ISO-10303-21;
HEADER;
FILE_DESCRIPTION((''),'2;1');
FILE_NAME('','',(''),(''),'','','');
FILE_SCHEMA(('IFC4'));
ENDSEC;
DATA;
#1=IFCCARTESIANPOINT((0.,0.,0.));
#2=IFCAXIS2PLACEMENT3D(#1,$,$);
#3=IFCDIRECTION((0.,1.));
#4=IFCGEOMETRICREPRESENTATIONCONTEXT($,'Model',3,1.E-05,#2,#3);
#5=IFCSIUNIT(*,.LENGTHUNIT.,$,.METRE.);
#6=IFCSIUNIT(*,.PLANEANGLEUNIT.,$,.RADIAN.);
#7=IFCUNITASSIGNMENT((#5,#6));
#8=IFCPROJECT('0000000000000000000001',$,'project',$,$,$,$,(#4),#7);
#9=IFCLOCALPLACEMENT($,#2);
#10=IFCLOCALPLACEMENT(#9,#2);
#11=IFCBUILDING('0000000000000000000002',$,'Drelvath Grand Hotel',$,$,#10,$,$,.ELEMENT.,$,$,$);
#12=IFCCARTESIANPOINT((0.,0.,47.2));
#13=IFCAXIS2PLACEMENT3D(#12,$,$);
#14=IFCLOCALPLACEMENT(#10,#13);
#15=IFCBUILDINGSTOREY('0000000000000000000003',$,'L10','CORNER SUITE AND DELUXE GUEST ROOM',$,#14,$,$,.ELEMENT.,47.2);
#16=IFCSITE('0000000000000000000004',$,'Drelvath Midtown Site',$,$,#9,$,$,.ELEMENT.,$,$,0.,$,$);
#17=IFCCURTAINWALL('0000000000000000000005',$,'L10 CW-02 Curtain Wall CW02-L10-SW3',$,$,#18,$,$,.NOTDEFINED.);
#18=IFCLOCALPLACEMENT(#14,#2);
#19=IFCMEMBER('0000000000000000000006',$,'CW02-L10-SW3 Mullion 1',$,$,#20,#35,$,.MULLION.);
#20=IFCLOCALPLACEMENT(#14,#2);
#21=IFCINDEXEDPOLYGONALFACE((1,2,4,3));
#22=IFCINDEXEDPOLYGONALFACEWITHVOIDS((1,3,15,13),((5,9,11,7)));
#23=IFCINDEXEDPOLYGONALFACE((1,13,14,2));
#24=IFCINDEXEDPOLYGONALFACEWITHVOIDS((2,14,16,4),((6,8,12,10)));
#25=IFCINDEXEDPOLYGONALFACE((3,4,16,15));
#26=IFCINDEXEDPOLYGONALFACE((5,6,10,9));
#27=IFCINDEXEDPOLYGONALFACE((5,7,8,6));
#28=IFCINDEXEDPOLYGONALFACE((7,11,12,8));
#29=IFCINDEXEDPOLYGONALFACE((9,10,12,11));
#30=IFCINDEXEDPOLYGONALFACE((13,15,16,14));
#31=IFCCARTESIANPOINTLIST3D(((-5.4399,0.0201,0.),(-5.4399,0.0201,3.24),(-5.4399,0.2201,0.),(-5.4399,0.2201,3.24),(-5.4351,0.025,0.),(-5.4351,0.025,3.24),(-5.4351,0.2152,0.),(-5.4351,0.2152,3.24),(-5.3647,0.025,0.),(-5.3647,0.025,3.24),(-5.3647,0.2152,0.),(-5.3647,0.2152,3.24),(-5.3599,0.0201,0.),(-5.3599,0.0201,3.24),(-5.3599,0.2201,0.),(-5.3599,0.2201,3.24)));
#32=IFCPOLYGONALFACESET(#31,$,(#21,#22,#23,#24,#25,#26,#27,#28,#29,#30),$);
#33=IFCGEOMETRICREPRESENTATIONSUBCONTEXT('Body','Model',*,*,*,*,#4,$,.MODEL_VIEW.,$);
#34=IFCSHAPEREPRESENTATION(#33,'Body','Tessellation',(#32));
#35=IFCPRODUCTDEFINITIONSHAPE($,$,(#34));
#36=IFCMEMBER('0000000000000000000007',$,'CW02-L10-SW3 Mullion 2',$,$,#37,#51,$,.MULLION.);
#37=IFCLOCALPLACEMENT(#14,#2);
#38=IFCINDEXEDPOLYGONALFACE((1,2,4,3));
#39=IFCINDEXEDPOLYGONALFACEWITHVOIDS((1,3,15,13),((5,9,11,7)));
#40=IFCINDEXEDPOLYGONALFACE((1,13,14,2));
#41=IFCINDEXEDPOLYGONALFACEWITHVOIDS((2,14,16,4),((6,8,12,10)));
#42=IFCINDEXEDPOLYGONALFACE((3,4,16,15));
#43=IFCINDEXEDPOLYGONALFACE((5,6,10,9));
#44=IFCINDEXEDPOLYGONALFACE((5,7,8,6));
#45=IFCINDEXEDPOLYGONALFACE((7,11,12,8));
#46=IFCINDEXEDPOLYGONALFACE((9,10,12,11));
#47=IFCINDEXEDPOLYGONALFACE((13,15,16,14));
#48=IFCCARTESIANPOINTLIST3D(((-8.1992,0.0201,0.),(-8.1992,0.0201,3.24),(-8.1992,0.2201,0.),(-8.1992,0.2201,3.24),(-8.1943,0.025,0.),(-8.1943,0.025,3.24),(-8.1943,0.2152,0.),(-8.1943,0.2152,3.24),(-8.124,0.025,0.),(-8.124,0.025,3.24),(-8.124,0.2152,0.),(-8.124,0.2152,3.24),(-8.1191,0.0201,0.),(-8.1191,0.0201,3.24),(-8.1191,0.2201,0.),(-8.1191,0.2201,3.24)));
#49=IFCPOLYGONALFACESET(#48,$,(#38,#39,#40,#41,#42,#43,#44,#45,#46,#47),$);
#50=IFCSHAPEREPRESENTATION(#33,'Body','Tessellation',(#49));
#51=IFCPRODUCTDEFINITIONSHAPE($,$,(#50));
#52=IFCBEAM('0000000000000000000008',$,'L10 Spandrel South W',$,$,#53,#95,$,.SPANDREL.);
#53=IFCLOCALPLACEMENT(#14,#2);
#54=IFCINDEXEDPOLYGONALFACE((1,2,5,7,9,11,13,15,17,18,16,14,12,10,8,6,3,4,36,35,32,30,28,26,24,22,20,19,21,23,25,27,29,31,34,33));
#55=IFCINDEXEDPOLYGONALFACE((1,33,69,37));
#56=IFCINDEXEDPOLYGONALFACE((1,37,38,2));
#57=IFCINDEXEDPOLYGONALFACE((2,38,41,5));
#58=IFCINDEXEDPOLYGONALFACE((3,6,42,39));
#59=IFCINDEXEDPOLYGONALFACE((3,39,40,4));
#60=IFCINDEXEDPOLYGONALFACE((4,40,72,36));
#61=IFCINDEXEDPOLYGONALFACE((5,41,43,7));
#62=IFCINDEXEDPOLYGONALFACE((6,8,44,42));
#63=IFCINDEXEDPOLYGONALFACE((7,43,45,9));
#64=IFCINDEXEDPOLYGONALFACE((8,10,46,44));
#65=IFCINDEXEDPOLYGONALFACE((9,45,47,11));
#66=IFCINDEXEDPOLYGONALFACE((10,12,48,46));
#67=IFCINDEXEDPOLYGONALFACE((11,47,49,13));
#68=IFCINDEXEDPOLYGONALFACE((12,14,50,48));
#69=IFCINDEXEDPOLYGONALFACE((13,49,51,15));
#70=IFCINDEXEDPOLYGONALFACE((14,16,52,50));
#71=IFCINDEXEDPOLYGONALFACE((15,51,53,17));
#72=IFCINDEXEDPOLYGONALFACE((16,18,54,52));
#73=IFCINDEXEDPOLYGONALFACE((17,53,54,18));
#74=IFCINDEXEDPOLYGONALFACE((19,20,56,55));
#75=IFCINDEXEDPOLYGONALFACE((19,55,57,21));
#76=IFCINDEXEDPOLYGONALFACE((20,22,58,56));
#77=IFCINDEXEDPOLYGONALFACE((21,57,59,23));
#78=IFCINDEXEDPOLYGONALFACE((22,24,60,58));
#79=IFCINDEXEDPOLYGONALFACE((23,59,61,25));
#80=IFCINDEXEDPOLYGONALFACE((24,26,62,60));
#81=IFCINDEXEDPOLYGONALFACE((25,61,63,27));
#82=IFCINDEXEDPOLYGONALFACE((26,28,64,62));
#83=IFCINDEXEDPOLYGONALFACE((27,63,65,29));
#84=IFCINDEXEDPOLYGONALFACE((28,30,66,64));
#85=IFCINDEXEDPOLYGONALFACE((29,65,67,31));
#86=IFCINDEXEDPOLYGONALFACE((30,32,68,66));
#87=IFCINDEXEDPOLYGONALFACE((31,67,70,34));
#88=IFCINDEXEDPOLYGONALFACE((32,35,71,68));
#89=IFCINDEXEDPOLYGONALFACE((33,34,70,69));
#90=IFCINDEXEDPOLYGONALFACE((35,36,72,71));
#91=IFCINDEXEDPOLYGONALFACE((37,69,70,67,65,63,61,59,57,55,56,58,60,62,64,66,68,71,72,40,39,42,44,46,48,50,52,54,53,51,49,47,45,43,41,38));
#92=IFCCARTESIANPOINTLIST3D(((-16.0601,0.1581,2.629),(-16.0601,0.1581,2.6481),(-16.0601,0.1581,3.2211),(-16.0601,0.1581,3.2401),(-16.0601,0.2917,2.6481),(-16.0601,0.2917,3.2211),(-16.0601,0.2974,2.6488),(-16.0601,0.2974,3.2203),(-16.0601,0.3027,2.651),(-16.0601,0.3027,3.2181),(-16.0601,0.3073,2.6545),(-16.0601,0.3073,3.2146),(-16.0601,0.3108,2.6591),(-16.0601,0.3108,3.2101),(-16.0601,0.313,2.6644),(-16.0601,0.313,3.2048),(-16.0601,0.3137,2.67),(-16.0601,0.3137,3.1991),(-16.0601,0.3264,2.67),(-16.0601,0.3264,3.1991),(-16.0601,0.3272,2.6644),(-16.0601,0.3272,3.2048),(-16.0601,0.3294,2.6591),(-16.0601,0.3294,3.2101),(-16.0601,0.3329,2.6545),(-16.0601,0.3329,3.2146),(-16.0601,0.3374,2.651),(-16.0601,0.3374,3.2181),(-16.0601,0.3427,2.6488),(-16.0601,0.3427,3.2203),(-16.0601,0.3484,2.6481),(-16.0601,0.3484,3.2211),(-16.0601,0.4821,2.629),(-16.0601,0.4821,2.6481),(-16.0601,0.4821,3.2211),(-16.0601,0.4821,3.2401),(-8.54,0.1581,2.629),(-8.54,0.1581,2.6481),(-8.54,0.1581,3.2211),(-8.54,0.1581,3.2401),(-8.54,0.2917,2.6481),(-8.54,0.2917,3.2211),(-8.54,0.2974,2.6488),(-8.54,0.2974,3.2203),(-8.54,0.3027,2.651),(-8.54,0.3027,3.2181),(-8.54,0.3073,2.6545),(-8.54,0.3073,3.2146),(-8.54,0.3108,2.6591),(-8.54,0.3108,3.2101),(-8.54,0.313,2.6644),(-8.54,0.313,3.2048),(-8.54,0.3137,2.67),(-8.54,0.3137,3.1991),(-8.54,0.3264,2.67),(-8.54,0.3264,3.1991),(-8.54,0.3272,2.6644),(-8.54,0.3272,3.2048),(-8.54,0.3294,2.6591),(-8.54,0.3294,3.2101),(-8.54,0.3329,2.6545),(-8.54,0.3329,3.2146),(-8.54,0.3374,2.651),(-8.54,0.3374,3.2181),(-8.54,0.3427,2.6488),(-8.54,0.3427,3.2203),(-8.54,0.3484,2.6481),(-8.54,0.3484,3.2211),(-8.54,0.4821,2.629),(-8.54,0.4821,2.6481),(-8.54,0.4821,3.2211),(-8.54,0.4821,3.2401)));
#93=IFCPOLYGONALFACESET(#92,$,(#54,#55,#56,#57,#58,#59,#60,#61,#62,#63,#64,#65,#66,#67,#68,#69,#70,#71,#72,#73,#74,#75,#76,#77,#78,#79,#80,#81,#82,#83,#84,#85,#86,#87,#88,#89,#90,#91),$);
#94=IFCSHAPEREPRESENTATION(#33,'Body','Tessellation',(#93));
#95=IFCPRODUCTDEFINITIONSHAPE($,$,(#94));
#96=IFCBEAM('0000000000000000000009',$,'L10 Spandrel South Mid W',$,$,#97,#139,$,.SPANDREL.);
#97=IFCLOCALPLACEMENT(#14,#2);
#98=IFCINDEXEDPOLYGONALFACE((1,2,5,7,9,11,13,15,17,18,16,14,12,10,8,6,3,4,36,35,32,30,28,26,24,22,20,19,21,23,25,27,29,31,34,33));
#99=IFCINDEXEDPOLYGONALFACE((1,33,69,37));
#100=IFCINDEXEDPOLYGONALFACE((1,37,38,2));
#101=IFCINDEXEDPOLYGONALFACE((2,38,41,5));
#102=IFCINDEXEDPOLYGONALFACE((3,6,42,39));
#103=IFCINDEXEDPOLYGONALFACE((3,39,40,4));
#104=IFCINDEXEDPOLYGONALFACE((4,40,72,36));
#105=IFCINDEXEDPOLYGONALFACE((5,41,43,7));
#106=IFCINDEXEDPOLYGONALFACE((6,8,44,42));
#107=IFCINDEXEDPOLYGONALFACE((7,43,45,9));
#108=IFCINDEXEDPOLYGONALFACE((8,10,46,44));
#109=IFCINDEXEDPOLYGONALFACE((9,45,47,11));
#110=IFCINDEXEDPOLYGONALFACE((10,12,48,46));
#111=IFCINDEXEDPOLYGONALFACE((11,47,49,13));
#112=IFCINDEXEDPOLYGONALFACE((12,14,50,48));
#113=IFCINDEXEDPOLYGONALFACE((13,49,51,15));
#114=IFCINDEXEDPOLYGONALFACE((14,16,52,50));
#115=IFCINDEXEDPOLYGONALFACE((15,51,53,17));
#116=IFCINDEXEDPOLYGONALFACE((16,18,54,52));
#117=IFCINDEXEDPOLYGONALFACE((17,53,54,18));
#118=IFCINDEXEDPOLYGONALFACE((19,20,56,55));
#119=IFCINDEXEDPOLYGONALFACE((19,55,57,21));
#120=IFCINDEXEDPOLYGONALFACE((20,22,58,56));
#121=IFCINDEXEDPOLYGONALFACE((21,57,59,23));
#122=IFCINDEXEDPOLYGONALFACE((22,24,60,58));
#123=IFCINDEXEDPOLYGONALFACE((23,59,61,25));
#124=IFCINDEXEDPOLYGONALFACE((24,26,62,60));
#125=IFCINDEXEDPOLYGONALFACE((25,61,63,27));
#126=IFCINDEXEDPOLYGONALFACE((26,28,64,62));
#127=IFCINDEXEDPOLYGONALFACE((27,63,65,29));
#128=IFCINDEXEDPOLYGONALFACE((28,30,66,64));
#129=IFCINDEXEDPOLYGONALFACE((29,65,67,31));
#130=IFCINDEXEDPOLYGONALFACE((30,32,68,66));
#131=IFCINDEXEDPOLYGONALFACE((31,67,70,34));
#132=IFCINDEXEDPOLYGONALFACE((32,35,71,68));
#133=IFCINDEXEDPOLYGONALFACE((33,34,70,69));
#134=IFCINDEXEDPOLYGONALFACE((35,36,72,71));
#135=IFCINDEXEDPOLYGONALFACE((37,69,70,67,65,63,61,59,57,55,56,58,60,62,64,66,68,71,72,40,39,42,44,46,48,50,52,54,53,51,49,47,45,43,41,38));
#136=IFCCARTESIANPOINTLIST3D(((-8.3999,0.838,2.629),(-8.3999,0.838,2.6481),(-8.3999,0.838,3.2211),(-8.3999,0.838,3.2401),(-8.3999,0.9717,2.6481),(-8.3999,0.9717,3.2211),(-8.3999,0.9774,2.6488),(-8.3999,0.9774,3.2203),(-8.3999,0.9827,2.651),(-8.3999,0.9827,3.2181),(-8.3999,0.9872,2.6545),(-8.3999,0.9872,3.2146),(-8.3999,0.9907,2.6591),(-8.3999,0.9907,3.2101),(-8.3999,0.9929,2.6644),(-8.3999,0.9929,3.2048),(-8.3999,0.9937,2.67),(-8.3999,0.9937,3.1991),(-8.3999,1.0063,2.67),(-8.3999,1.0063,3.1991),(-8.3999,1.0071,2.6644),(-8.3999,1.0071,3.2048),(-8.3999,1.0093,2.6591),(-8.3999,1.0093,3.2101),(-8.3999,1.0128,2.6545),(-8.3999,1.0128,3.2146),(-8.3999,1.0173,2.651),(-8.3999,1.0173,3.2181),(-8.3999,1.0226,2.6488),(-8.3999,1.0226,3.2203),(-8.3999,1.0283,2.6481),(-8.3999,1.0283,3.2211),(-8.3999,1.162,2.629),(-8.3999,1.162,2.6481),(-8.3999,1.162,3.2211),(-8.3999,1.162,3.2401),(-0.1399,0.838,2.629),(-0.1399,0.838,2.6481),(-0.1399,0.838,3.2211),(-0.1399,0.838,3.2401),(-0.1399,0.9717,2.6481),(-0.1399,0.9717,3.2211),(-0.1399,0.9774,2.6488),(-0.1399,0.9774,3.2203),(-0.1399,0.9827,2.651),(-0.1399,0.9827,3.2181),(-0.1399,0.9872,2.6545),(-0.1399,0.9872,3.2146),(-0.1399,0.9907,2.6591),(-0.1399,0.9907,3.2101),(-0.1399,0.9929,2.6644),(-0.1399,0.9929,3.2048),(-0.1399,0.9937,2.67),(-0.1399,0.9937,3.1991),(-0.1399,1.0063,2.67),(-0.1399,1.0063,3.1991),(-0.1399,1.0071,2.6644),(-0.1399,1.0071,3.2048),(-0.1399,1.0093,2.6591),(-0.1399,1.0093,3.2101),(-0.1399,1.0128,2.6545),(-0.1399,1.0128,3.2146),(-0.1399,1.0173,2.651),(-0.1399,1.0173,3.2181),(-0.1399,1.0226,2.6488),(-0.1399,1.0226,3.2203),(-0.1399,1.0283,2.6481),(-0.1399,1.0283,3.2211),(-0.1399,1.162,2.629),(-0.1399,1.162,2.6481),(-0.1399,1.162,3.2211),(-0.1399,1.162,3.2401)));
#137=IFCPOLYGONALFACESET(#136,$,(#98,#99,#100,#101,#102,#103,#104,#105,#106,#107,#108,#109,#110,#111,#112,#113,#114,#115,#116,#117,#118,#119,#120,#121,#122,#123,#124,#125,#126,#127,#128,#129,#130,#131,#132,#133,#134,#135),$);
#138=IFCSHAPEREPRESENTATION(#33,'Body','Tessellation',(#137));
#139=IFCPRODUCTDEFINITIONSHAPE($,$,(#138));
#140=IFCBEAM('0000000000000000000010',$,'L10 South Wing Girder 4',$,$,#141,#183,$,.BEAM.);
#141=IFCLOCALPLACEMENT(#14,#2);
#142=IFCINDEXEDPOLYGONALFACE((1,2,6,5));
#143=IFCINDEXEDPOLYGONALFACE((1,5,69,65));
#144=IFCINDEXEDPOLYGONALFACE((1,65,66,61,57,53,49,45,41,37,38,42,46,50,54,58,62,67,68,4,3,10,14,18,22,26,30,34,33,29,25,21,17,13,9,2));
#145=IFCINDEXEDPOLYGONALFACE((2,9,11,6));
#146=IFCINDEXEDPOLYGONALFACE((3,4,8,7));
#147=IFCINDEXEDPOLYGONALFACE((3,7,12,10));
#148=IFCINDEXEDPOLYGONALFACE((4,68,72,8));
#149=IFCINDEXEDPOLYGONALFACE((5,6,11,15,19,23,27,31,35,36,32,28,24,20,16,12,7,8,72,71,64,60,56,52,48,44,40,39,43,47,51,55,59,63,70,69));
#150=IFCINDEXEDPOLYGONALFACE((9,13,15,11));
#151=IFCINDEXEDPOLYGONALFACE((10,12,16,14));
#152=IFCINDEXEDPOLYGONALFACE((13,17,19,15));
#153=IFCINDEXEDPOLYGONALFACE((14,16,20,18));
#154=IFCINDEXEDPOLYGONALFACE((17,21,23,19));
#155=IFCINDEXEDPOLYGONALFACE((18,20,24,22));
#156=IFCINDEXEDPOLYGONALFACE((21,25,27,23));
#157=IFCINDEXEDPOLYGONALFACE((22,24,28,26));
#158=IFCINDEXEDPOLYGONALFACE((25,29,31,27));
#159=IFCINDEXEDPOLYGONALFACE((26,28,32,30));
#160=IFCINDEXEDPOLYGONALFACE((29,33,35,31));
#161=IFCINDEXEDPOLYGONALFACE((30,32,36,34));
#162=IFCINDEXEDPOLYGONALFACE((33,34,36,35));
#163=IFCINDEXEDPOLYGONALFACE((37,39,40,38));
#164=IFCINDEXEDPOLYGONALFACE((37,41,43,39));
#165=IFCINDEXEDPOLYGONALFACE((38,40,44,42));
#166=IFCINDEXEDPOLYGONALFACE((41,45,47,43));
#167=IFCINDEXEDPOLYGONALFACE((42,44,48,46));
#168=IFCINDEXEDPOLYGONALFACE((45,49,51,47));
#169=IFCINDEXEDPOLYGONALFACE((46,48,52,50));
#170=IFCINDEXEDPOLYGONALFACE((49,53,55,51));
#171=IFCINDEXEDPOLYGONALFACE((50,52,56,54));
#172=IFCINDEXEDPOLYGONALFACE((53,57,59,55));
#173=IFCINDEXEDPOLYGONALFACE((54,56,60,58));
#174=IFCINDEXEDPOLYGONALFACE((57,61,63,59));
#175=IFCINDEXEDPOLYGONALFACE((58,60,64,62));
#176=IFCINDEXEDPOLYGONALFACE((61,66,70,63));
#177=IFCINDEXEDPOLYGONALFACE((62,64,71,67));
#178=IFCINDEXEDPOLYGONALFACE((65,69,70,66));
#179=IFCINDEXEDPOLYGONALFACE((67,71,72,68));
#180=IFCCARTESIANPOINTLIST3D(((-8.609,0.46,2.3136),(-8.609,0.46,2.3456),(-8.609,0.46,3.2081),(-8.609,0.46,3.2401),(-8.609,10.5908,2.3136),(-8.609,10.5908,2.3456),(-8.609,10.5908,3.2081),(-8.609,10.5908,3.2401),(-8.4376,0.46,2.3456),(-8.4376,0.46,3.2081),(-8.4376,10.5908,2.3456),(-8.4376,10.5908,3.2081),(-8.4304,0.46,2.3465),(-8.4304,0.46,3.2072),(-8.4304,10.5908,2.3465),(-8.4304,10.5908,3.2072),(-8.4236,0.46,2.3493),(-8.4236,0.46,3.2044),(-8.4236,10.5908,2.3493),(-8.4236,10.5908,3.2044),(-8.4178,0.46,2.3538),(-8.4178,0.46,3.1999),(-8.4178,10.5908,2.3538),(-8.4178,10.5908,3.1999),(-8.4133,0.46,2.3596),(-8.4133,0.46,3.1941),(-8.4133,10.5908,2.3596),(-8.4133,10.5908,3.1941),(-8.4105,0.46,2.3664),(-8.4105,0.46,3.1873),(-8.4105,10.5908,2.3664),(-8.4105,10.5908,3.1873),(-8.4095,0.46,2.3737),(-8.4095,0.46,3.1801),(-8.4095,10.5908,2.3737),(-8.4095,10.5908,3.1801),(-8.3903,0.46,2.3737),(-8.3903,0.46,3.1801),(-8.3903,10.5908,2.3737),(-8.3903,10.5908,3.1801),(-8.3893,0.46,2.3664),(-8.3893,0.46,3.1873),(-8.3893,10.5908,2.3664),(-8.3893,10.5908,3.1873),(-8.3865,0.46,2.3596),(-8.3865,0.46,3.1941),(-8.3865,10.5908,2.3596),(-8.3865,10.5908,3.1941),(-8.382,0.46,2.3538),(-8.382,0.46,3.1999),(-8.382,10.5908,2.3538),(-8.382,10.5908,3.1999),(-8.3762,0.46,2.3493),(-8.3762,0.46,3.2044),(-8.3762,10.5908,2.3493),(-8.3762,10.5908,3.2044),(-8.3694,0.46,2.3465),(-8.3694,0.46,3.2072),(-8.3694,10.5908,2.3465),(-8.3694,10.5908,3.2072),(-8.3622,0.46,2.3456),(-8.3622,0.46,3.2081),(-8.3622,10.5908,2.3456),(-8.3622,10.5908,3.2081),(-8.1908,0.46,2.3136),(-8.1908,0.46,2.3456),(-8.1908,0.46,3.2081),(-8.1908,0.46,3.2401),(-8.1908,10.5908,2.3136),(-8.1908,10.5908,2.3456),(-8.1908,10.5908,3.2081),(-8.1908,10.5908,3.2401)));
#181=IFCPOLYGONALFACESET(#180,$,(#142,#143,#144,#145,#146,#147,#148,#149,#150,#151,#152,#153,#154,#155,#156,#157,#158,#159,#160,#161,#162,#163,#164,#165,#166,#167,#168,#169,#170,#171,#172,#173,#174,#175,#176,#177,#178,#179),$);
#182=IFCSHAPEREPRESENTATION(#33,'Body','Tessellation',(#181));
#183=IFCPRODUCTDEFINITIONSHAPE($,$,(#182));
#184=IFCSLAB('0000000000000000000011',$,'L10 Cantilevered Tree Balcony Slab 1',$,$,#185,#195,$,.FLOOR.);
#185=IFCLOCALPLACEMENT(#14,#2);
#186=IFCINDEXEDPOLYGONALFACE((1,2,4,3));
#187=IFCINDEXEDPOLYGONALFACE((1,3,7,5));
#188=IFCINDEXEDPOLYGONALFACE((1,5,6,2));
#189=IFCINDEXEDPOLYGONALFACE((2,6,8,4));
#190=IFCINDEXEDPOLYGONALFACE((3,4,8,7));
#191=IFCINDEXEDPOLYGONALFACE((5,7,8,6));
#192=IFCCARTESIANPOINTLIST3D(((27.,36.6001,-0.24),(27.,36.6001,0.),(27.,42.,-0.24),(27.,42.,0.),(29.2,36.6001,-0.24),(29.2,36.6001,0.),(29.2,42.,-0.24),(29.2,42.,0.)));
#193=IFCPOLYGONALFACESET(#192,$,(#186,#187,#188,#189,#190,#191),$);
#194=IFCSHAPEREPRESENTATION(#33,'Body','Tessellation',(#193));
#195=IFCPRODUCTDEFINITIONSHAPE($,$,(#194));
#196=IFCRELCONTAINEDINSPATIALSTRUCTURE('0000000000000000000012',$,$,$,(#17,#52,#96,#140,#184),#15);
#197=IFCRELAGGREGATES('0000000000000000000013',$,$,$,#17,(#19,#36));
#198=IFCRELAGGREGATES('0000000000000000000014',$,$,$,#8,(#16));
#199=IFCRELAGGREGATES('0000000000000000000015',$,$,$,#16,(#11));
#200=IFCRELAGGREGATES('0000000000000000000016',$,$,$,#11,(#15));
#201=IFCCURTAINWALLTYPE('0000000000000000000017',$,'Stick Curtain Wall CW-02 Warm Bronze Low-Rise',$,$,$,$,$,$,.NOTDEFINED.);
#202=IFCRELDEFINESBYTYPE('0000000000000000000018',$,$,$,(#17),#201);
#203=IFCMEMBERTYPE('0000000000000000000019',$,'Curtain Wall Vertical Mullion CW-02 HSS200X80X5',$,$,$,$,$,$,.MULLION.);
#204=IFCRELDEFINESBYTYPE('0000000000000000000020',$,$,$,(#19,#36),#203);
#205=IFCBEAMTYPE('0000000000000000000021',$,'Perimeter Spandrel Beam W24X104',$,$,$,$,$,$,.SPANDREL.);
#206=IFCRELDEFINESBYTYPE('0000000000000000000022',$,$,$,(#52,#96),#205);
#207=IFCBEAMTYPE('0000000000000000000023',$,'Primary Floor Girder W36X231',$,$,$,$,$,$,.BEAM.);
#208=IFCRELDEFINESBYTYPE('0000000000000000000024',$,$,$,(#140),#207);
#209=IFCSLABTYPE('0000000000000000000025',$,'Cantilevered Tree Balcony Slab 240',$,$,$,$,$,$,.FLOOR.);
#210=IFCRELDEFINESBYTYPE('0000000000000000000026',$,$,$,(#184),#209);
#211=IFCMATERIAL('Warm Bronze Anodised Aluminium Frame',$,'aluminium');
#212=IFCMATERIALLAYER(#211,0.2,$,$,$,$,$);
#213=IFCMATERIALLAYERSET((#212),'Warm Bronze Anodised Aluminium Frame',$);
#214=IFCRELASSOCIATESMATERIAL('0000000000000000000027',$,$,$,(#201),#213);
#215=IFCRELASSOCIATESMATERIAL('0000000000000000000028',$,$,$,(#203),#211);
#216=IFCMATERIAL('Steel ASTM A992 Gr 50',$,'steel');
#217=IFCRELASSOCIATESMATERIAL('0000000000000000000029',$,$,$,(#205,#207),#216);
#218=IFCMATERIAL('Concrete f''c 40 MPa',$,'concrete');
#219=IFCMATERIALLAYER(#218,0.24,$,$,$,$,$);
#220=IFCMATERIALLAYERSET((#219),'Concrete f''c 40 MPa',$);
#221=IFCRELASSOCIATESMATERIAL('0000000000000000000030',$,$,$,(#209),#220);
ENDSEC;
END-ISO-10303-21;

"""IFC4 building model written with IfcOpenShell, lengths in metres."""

from ifc_helpers import new_model, si_unit, direction, frame, origin, origin_2d, place, context, subcontext, project, spatial, polyline, hollow_rectangle, i_section, outline, extrude, material, layer, layer_set, material_profile, profile_set, type_object, element, aggregate, save


model = new_model("IFC4")

# Units and contexts
model_context = context("Model", 3, precision=1e-05, world=origin(), true_north=direction((0.0, 1.0)))
body_context = subcontext(model_context, "Body", "Model", "MODEL_VIEW")
ifc_project = project(units=[si_unit("LENGTHUNIT", "METRE"), si_unit("PLANEANGLEUNIT", "RADIAN")], contexts=[model_context])

# Site, building, storey
site_placement = place(None, origin())
site = spatial("IfcSite", under=ifc_project, at=site_placement, Name="Drelvath Midtown Site", CompositionType="ELEMENT", RefElevation=0.0)
building_placement = place(site_placement, origin())
building = spatial("IfcBuilding", under=site, at=building_placement, Name="Drelvath Grand Hotel", CompositionType="ELEMENT")
storey_placement = place(building_placement, frame((0.0, 0.0, 47.2)))
storey = spatial("IfcBuildingStorey", under=building, at=storey_placement, Name="L10", Description="CORNER SUITE AND DELUXE GUEST ROOM", CompositionType="ELEMENT", Elevation=47.2)

# Curtain wall
ifc_material_1 = material(Name="Warm Bronze Anodised Aluminium Frame", Category="aluminium")
ifc_layer_1 = layer(ifc_material_1, 0.2)
ifc_layer_set_1 = layer_set([ifc_layer_1], Name="Warm Bronze Anodised Aluminium Frame")
curtain_wall_type = type_object("IfcCurtainWallType", Name="Stick Curtain Wall CW-02 Warm Bronze Low-Rise", PredefinedType="NOTDEFINED", material=ifc_layer_set_1)
curtain_wall_1_placement = place(storey_placement, origin())
curtain_wall_1 = element("IfcCurtainWall", 1, at=curtain_wall_1_placement, inside=storey, type_object=curtain_wall_type, Name="L10 CW-02 Curtain Wall CW02-L10-SW3", PredefinedType="NOTDEFINED")

# Members
ifc_material_profile_1 = material_profile(ifc_material_1, hollow_rectangle(XDim=0.0801, YDim=0.2, WallThickness=0.0049, at=origin_2d()), Name="HSS200X80X5")
ifc_profile_set_1 = profile_set([ifc_material_profile_1], Name="Warm Bronze Anodised Aluminium Frame")
member_type_1 = type_object("IfcMemberType", Name="Curtain Wall Vertical Mullion CW-02 HSS200X80X5", PredefinedType="MULLION", material=ifc_profile_set_1)
member_1_placement = place(storey_placement, frame((-5.3999, 0.1201, 0.0), z_axis=(0.0, 0.0, 1.0), x_axis=(1.0, 0.0, 0.0)))
member_1 = element("IfcMember", 2, at=member_1_placement, type_object=member_type_1, Name="CW02-L10-SW3 Mullion 1", PredefinedType="MULLION", context=body_context, shape_type="SweptSolid", body=[
    extrude(hollow_rectangle(XDim=0.0801, YDim=0.2, WallThickness=0.0049, at=origin_2d()), origin(), (0.0, 0.0, 1.0), 3.24),
])
member_2_placement = place(storey_placement, frame((-8.1592, 0.1201, 0.0), z_axis=(0.0, 0.0, 1.0), x_axis=(1.0, 0.0, 0.0)))
member_2 = element("IfcMember", 3, at=member_2_placement, type_object=member_type_1, Name="CW02-L10-SW3 Mullion 2", PredefinedType="MULLION", context=body_context, shape_type="SweptSolid", body=[
    extrude(hollow_rectangle(XDim=0.0801, YDim=0.2, WallThickness=0.0049, at=origin_2d()), origin(), (0.0, 0.0, 1.0), 3.24),
])

# Beams
ifc_material_2 = material(Name="Steel ASTM A992 Gr 50", Category="steel")
ifc_material_profile_2 = material_profile(ifc_material_2, i_section(OverallWidth=0.324, OverallDepth=0.6111, WebThickness=0.0127, FlangeThickness=0.019, FilletRadius=0.022, at=origin_2d()), Name="W24X104")
ifc_profile_set_2 = profile_set([ifc_material_profile_2], Name="Steel ASTM A992 Gr 50")
beam_type_1 = type_object("IfcBeamType", Name="Perimeter Spandrel Beam W24X104", PredefinedType="SPANDREL", material=ifc_profile_set_2)
beam_1_placement = place(storey_placement, frame((-16.0601, 0.3201, 2.9346), z_axis=(1.0, 0.0, 0.0), x_axis=(0.0, 1.0, 0.0)))
element("IfcBeam", 4, at=beam_1_placement, inside=storey, type_object=beam_type_1, Name="L10 Spandrel South W", PredefinedType="SPANDREL", context=body_context, shape_type="SweptSolid", body=[
    extrude(i_section(OverallWidth=0.324, OverallDepth=0.6111, WebThickness=0.0127, FlangeThickness=0.019, FilletRadius=0.022, at=origin_2d()), origin(), (0.0, 0.0, 1.0), 7.52),
])
beam_2_placement = place(storey_placement, frame((-8.3999, 1.0, 2.9346), z_axis=(1.0, 0.0, 0.0), x_axis=(0.0, 1.0, 0.0)))
element("IfcBeam", 5, at=beam_2_placement, inside=storey, type_object=beam_type_1, Name="L10 Spandrel South Mid W", PredefinedType="SPANDREL", context=body_context, shape_type="SweptSolid", body=[
    extrude(i_section(OverallWidth=0.324, OverallDepth=0.6111, WebThickness=0.0127, FlangeThickness=0.019, FilletRadius=0.022, at=origin_2d()), origin(), (0.0, 0.0, 1.0), 8.26),
])
ifc_material_profile_3 = material_profile(ifc_material_2, i_section(OverallWidth=0.4182, OverallDepth=0.9265, WebThickness=0.0193, FlangeThickness=0.032, FilletRadius=0.0281, at=origin_2d()), Name="W36X231")
ifc_profile_set_3 = profile_set([ifc_material_profile_3], Name="Steel ASTM A992 Gr 50")
beam_type_2 = type_object("IfcBeamType", Name="Primary Floor Girder W36X231", PredefinedType="BEAM", material=ifc_profile_set_3)
beam_3_placement = place(storey_placement, frame((-8.3999, 0.46, 2.7769), z_axis=(0.0, 1.0, 0.0), x_axis=(-1.0, 0.0, 0.0)))
element("IfcBeam", 6, at=beam_3_placement, inside=storey, type_object=beam_type_2, Name="L10 South Wing Girder 4", PredefinedType="BEAM", context=body_context, shape_type="SweptSolid", body=[
    extrude(i_section(OverallWidth=0.4182, OverallDepth=0.9265, WebThickness=0.0193, FlangeThickness=0.032, FilletRadius=0.0281, at=origin_2d()), origin(), (0.0, 0.0, 1.0), 10.1309),
])

# Slab
ifc_material_3 = material(Name="Concrete f'c 40 MPa", Category="concrete")
ifc_layer_2 = layer(ifc_material_3, 0.24)
ifc_layer_set_2 = layer_set([ifc_layer_2], Name="Concrete f'c 40 MPa")
slab_type_1 = type_object("IfcSlabType", Name="Cantilevered Tree Balcony Slab 240", PredefinedType="FLOOR", material=ifc_layer_set_2)
slab_1_placement = place(storey_placement, frame((0.0, 0.0, -0.24)))
element("IfcSlab", 7, at=slab_1_placement, inside=storey, type_object=slab_type_1, Name="L10 Cantilevered Tree Balcony Slab 1", PredefinedType="FLOOR", context=body_context, shape_type="SweptSolid", body=[
    extrude(outline(polyline([(27.0, 36.6001), (29.2, 36.6001), (29.2, 42.0), (27.0, 42.0), (27.0, 36.6001)])), origin(), (0.0, 0.0, 1.0), 0.24),
])

aggregate(curtain_wall_1, [member_1, member_2])

save(model, "model.ifc")
